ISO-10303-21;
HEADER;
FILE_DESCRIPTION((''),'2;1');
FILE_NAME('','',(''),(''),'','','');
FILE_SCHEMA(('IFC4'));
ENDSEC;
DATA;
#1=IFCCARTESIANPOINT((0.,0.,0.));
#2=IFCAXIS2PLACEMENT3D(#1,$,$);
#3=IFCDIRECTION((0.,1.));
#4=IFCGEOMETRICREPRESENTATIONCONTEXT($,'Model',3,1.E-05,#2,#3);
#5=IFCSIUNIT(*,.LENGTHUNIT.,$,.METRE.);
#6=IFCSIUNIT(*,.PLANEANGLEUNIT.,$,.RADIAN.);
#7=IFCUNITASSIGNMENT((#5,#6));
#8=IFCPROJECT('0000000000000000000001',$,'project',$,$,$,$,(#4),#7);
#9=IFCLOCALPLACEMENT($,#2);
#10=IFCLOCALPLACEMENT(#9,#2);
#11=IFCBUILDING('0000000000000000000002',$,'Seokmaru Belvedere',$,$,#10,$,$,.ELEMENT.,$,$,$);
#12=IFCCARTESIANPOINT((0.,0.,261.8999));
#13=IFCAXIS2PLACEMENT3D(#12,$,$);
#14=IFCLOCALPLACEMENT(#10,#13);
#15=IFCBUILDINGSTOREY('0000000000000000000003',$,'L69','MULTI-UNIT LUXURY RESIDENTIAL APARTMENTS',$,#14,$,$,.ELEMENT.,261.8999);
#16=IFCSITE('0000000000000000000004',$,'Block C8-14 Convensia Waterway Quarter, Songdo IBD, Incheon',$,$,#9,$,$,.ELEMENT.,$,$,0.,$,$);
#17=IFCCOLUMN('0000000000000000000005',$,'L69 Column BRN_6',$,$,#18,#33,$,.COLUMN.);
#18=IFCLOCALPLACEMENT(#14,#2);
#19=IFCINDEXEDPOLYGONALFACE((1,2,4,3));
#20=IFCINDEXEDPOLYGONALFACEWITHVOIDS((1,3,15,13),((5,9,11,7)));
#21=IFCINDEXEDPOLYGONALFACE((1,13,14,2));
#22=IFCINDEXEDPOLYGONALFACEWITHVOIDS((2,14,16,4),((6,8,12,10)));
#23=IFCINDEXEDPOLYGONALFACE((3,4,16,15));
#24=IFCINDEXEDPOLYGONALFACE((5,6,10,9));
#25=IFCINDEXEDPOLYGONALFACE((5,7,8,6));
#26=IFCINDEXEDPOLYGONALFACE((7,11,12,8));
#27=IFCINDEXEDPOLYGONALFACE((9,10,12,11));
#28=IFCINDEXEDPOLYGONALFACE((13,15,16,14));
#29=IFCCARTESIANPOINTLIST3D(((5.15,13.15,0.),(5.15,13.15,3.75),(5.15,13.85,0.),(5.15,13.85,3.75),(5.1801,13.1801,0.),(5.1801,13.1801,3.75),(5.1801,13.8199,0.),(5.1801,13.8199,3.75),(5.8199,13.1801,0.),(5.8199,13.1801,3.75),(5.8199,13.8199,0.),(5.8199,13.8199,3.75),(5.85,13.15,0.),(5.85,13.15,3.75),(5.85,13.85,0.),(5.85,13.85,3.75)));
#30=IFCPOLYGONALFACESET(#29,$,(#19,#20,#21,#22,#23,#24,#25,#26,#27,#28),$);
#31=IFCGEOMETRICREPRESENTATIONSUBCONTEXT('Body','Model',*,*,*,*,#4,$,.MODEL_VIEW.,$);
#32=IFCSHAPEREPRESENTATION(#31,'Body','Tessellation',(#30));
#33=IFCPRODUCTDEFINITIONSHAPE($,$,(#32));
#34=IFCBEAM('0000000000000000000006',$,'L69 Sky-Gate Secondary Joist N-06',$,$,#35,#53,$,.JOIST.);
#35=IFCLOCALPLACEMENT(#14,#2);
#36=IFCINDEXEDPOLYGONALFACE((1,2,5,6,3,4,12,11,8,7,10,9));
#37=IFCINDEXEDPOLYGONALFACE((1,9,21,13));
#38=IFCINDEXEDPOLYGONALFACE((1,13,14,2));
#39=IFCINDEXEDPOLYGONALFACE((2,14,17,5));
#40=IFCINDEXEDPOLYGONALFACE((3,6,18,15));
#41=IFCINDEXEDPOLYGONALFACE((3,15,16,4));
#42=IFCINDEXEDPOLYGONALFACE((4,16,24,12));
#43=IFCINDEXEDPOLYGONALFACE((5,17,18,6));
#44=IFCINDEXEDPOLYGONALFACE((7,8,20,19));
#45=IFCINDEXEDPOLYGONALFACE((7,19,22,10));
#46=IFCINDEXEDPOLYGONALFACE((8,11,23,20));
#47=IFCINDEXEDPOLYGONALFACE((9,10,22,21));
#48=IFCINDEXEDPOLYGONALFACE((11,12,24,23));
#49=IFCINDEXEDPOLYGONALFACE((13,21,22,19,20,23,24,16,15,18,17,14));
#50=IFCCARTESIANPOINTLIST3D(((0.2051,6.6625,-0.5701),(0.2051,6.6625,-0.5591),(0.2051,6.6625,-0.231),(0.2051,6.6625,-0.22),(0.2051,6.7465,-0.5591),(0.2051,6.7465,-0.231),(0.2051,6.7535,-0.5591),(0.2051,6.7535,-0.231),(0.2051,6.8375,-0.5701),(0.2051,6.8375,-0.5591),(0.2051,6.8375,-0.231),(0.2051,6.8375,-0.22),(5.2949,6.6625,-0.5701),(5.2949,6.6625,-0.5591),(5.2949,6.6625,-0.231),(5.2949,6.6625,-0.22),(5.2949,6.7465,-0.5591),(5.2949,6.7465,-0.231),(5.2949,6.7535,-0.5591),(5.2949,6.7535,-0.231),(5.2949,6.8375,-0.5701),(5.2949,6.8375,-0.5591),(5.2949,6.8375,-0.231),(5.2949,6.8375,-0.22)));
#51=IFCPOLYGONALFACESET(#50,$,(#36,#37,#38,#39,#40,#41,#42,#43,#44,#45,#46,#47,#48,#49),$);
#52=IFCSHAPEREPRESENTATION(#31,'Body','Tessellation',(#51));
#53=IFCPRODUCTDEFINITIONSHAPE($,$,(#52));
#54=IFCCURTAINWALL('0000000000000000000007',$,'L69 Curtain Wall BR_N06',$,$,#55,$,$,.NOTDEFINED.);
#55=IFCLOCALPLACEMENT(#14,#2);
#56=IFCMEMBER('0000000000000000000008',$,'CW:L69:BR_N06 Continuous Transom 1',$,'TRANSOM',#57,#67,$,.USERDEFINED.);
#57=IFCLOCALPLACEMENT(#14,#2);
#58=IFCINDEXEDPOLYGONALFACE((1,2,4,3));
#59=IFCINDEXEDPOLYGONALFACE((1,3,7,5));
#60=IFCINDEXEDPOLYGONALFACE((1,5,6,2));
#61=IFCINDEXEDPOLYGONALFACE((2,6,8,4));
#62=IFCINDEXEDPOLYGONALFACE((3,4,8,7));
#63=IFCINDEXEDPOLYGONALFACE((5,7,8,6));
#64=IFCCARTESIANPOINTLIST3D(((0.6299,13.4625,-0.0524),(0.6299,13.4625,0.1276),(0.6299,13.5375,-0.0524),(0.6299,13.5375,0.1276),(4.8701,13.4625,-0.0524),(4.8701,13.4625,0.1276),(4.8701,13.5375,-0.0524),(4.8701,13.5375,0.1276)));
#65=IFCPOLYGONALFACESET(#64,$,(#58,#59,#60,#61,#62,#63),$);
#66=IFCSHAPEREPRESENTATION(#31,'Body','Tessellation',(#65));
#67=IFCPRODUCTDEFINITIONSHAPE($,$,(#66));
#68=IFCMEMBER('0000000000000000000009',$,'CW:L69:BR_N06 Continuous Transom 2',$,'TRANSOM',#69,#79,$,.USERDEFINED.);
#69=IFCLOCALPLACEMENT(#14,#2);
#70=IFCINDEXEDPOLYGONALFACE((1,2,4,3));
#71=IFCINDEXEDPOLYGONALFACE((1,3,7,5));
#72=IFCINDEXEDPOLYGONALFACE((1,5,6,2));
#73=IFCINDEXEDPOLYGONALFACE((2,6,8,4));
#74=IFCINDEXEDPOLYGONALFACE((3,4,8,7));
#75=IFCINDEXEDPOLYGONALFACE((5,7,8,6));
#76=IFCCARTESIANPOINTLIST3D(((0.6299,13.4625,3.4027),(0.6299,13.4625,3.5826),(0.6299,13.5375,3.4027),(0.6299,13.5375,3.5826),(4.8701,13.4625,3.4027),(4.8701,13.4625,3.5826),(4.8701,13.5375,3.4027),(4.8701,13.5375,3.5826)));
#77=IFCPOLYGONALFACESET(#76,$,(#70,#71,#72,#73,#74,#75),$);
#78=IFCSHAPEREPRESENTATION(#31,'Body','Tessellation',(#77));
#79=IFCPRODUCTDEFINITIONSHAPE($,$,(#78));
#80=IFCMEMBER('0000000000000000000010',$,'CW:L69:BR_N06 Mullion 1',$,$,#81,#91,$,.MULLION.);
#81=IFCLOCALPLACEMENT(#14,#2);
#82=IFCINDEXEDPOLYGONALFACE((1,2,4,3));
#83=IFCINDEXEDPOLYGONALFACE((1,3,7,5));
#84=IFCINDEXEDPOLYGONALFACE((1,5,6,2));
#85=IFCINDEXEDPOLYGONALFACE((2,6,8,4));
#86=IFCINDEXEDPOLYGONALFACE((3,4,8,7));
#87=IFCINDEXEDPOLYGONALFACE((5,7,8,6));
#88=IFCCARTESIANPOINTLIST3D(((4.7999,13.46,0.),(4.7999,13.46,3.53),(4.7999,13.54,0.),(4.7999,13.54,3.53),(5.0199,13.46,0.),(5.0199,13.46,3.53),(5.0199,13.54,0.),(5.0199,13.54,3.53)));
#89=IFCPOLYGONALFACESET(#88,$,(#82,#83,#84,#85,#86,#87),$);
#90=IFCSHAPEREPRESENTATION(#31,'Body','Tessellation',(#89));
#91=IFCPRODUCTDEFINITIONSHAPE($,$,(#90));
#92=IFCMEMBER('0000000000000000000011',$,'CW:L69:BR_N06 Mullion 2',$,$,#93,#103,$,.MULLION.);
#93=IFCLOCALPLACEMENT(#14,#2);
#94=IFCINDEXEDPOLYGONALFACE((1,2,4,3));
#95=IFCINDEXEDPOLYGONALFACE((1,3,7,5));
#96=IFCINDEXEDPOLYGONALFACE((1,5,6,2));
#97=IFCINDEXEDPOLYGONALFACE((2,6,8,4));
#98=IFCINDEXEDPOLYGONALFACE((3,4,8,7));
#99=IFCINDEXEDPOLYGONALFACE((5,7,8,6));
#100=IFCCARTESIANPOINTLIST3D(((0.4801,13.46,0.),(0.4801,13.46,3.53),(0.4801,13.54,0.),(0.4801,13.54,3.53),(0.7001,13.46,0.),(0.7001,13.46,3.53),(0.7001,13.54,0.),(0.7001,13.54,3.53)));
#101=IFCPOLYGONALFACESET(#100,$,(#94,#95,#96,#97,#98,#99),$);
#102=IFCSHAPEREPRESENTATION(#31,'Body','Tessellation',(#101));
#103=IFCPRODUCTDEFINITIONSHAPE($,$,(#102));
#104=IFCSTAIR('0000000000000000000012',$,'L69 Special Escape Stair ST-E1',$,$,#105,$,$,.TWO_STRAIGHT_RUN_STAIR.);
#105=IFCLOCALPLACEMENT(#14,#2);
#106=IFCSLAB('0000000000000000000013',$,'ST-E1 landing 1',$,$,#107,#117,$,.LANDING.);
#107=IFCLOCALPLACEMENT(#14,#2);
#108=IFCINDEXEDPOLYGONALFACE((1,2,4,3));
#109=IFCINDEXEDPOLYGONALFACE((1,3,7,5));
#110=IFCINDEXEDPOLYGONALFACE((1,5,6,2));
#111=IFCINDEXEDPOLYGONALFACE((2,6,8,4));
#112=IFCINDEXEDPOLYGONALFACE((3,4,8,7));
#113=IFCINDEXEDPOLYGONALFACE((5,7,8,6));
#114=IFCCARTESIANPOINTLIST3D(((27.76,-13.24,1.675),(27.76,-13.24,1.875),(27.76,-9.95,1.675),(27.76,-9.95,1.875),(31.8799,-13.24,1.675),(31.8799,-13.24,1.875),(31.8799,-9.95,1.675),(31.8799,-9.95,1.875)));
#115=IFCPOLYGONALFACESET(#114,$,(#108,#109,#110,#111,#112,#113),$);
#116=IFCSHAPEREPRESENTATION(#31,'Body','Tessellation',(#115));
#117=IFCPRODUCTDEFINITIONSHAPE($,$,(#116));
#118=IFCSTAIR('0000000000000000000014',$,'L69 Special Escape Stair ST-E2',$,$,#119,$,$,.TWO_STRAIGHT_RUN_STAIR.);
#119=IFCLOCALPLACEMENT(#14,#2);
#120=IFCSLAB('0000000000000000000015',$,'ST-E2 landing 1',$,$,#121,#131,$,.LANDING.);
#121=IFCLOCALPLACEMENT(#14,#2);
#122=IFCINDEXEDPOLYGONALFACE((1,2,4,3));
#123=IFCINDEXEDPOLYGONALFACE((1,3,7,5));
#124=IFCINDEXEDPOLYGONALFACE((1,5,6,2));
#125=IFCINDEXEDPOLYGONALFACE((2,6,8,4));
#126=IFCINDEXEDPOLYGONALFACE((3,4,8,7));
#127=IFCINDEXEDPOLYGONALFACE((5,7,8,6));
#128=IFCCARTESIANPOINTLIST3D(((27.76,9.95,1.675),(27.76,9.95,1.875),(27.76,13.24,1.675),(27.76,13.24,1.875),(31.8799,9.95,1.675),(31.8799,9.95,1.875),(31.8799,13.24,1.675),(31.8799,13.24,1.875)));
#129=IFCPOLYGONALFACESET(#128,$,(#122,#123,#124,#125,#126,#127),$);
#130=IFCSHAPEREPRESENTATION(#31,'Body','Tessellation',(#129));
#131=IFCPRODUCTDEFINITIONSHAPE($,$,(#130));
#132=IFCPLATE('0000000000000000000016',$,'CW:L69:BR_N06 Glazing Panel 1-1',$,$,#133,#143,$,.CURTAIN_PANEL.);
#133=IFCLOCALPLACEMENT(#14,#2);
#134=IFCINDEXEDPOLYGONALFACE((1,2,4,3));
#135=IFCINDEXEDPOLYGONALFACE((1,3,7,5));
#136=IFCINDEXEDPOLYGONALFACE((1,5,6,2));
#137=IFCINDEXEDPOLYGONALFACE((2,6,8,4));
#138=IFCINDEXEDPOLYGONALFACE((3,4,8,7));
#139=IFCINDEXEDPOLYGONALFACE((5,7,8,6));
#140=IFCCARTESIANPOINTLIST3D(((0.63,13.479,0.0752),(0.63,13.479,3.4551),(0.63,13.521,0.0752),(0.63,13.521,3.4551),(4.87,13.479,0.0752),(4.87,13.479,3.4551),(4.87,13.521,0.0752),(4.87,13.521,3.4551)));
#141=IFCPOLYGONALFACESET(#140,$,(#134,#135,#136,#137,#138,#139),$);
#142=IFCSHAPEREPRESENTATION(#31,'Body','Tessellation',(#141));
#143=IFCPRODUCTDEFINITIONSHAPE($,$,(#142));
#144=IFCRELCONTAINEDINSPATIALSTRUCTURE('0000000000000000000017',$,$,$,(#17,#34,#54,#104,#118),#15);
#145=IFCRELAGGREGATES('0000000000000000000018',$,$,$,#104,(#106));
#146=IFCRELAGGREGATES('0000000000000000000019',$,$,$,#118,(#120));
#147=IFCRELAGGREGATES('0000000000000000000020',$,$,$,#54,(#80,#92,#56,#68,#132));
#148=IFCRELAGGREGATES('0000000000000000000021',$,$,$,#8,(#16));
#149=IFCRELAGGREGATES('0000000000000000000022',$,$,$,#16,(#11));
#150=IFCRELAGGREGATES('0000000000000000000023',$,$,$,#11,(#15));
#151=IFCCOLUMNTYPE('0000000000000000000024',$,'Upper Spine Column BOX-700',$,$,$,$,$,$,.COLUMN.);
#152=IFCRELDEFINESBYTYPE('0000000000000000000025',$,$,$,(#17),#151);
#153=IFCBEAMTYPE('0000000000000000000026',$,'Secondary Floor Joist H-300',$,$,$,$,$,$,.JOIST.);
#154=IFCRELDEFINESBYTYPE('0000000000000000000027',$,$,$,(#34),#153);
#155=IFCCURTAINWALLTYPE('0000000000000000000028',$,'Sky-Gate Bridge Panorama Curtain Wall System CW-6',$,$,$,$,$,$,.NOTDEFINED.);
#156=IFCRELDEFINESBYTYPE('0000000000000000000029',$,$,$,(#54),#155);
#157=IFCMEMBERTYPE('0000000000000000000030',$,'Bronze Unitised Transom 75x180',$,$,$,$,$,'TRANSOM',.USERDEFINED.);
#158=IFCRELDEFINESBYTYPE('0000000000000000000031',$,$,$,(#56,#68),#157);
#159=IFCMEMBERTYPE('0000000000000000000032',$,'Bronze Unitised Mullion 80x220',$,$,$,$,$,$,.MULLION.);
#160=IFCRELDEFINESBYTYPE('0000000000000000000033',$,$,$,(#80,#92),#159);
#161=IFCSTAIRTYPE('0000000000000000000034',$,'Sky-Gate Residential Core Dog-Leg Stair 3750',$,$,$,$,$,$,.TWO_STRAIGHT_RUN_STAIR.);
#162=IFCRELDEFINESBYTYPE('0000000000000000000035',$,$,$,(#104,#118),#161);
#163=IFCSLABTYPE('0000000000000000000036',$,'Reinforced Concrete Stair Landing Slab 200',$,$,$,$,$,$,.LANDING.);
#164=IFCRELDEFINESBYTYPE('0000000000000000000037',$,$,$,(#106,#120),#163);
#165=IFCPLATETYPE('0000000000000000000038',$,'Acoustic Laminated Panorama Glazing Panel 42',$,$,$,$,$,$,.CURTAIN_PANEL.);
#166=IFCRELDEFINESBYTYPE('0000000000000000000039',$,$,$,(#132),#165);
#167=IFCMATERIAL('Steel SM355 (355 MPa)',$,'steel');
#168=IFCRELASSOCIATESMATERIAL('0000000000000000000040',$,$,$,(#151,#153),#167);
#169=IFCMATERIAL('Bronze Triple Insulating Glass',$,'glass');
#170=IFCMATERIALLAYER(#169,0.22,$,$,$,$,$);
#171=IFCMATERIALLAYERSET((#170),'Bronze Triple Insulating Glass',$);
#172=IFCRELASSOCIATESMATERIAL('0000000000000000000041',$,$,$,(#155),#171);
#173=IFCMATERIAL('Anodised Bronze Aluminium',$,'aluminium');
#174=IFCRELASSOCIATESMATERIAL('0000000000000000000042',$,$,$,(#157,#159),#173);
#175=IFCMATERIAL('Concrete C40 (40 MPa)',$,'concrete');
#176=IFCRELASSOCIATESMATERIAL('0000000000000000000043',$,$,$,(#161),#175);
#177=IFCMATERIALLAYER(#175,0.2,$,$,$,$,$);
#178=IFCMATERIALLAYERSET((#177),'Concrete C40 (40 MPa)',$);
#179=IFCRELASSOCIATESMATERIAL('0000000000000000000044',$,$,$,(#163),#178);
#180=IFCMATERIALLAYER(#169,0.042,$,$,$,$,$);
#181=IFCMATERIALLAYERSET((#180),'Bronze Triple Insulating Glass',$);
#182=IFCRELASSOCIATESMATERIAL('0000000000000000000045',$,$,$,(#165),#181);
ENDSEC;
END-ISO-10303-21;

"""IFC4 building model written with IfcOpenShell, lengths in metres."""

from ifc_helpers import new_model, si_unit, direction, frame, origin, origin_2d, place, context, subcontext, project, spatial, polyline, rectangle, hollow_rectangle, i_section, outline, extrude, source, transform, mapped, material, layer, layer_set, material_profile, profile_set, type_object, type_shapes, element, aggregate, save


model = new_model("IFC4")

# Units and contexts
model_context = context("Model", 3, precision=1e-05, world=origin(), true_north=direction((0.0, 1.0)))
body_context = subcontext(model_context, "Body", "Model", "MODEL_VIEW")
ifc_project = project(units=[si_unit("LENGTHUNIT", "METRE"), si_unit("PLANEANGLEUNIT", "RADIAN")], contexts=[model_context])

# Site, building, storey
site_placement = place(None, origin())
site = spatial("IfcSite", under=ifc_project, at=site_placement, Name="Block C8-14 Convensia Waterway Quarter, Songdo IBD, Incheon", CompositionType="ELEMENT", RefElevation=0.0)
building_placement = place(site_placement, origin())
building = spatial("IfcBuilding", under=site, at=building_placement, Name="Seokmaru Belvedere", CompositionType="ELEMENT")
storey_placement = place(building_placement, frame((0.0, 0.0, 261.8999)))
storey = spatial("IfcBuildingStorey", under=building, at=storey_placement, Name="L69", Description="MULTI-UNIT LUXURY RESIDENTIAL APARTMENTS", CompositionType="ELEMENT", Elevation=261.8999)

# Column
ifc_material_1 = material(Name="Steel SM355 (355 MPa)", Category="steel")
ifc_material_profile_1 = material_profile(ifc_material_1, hollow_rectangle(XDim=0.7, YDim=0.7, WallThickness=0.03, at=origin_2d()), Name="BOX-700x700x30")
ifc_profile_set_1 = profile_set([ifc_material_profile_1], Name="Steel SM355 (355 MPa)")
column_type = type_object("IfcColumnType", Name="Upper Spine Column BOX-700", PredefinedType="COLUMN", material=ifc_profile_set_1)
shared_shape_1 = source(origin(), body_context, "Body", "SweptSolid", [
    extrude(hollow_rectangle(XDim=0.7, YDim=0.7, WallThickness=0.03, at=origin_2d()), origin(), (0.0, 0.0, 1.0), 3.75),
])
type_shapes(column_type, [shared_shape_1])
column_placement = place(storey_placement, frame((5.5, 13.5, 0.0), z_axis=(0.0, 0.0, 1.0), x_axis=(1.0, 0.0, 0.0)))
element("IfcColumn", 1, at=column_placement, inside=storey, type_object=column_type, Name="L69 Column BRN_6", PredefinedType="COLUMN", context=body_context, shape_type="MappedRepresentation", body=[
    mapped(shared_shape_1, transform((0.0, 0.0, 0.0), scale=1.0)),
])

# Beam
ifc_material_profile_2 = material_profile(ifc_material_1, i_section(OverallWidth=0.175, OverallDepth=0.3501, WebThickness=0.0071, FlangeThickness=0.011, at=origin_2d()), Name="H-350x175x7x11")
ifc_profile_set_2 = profile_set([ifc_material_profile_2], Name="Steel SM355 (355 MPa)")
beam_type = type_object("IfcBeamType", Name="Secondary Floor Joist H-300", PredefinedType="JOIST", material=ifc_profile_set_2)
shared_shape_2 = source(origin(), body_context, "Body", "SweptSolid", [
    extrude(i_section(OverallWidth=0.175, OverallDepth=0.3501, WebThickness=0.0071, FlangeThickness=0.011, at=origin_2d()), origin(), (0.0, 0.0, 1.0), 5.0898),
])
type_shapes(beam_type, [shared_shape_2])
beam_placement = place(storey_placement, frame((0.2051, 6.75, -0.395), z_axis=(1.0, 0.0, 0.0), x_axis=(0.0, 1.0, 0.0)))
element("IfcBeam", 2, at=beam_placement, inside=storey, type_object=beam_type, Name="L69 Sky-Gate Secondary Joist N-06", PredefinedType="JOIST", context=body_context, shape_type="MappedRepresentation", body=[
    mapped(shared_shape_2, transform((0.0, 0.0, 0.0), scale=1.0)),
])

# Curtain wall, members
ifc_material_2 = material(Name="Bronze Triple Insulating Glass", Category="glass")
ifc_layer_1 = layer(ifc_material_2, 0.22)
ifc_layer_set_1 = layer_set([ifc_layer_1], Name="Bronze Triple Insulating Glass")
curtain_wall_type = type_object("IfcCurtainWallType", Name="Sky-Gate Bridge Panorama Curtain Wall System CW-6", PredefinedType="NOTDEFINED", material=ifc_layer_set_1)
curtain_wall_placement = place(storey_placement, origin())
curtain_wall = element("IfcCurtainWall", 3, at=curtain_wall_placement, inside=storey, type_object=curtain_wall_type, Name="L69 Curtain Wall BR_N06", PredefinedType="NOTDEFINED")
ifc_material_3 = material(Name="Anodised Bronze Aluminium", Category="aluminium")
ifc_material_profile_3 = material_profile(ifc_material_3, rectangle(XDim=0.075, YDim=0.1799, at=origin_2d()), Name="CW-T-75x180")
ifc_profile_set_3 = profile_set([ifc_material_profile_3], Name="Anodised Bronze Aluminium")
member_type_1 = type_object("IfcMemberType", Name="Bronze Unitised Transom 75x180", ElementType="TRANSOM", PredefinedType="USERDEFINED", material=ifc_profile_set_3)
shared_shape_3 = source(origin(), body_context, "Body", "SweptSolid", [
    extrude(rectangle(XDim=0.075, YDim=0.1799, at=origin_2d()), origin(), (0.0, 0.0, 1.0), 4.2402),
])
type_shapes(member_type_1, [shared_shape_3])
member_1_placement = place(storey_placement, frame((4.8701, 13.5, 0.0376), z_axis=(-1.0, 0.0, 0.0), x_axis=(0.0, -1.0, 0.0)))
member_1 = element("IfcMember", 4, at=member_1_placement, type_object=member_type_1, Name="CW:L69:BR_N06 Continuous Transom 1", ObjectType="TRANSOM", PredefinedType="USERDEFINED", context=body_context, shape_type="MappedRepresentation", body=[
    mapped(shared_shape_3, transform((0.0, 0.0, 0.0), scale=1.0)),
])
member_2_placement = place(storey_placement, frame((4.8701, 13.5, 3.4927), z_axis=(-1.0, 0.0, 0.0), x_axis=(0.0, -1.0, 0.0)))
member_2 = element("IfcMember", 5, at=member_2_placement, type_object=member_type_1, Name="CW:L69:BR_N06 Continuous Transom 2", ObjectType="TRANSOM", PredefinedType="USERDEFINED", context=body_context, shape_type="MappedRepresentation", body=[
    mapped(shared_shape_3, transform((0.0, 0.0, 0.0), scale=1.0)),
])
ifc_material_profile_4 = material_profile(ifc_material_3, rectangle(XDim=0.0801, YDim=0.22, at=origin_2d()), Name="CW-M-80x220")
ifc_profile_set_4 = profile_set([ifc_material_profile_4], Name="Anodised Bronze Aluminium")
member_type_2 = type_object("IfcMemberType", Name="Bronze Unitised Mullion 80x220", PredefinedType="MULLION", material=ifc_profile_set_4)
shared_shape_4 = source(origin(), body_context, "Body", "SweptSolid", [
    extrude(rectangle(XDim=0.0801, YDim=0.22, at=origin_2d()), origin(), (0.0, 0.0, 1.0), 3.53),
])
type_shapes(member_type_2, [shared_shape_4])
member_3_placement = place(storey_placement, frame((4.9099, 13.5, 0.0), z_axis=(0.0, 0.0, 1.0), x_axis=(0.0, -1.0, 0.0)))
member_3 = element("IfcMember", 6, at=member_3_placement, type_object=member_type_2, Name="CW:L69:BR_N06 Mullion 1", PredefinedType="MULLION", context=body_context, shape_type="MappedRepresentation", body=[
    mapped(shared_shape_4, transform((0.0, 0.0, 0.0), scale=1.0)),
])
member_4_placement = place(storey_placement, frame((0.5901, 13.5, 0.0), z_axis=(0.0, 0.0, 1.0), x_axis=(0.0, -1.0, 0.0)))
member_4 = element("IfcMember", 7, at=member_4_placement, type_object=member_type_2, Name="CW:L69:BR_N06 Mullion 2", PredefinedType="MULLION", context=body_context, shape_type="MappedRepresentation", body=[
    mapped(shared_shape_4, transform((0.0, 0.0, 0.0), scale=1.0)),
])

# Stairs, slabs
ifc_material_4 = material(Name="Concrete C40 (40 MPa)", Category="concrete")
stair_type = type_object("IfcStairType", Name="Sky-Gate Residential Core Dog-Leg Stair 3750", PredefinedType="TWO_STRAIGHT_RUN_STAIR", material=ifc_material_4)
stair_1_placement = place(storey_placement, origin())
stair_1 = element("IfcStair", 8, at=stair_1_placement, inside=storey, type_object=stair_type, Name="L69 Special Escape Stair ST-E1", PredefinedType="TWO_STRAIGHT_RUN_STAIR")
ifc_layer_2 = layer(ifc_material_4, 0.2)
ifc_layer_set_2 = layer_set([ifc_layer_2], Name="Concrete C40 (40 MPa)")
slab_type = type_object("IfcSlabType", Name="Reinforced Concrete Stair Landing Slab 200", PredefinedType="LANDING", material=ifc_layer_set_2)
slab_1_placement = place(storey_placement, frame((0.0, 0.0, 1.675)))
slab_1 = element("IfcSlab", 9, at=slab_1_placement, type_object=slab_type, Name="ST-E1 landing 1", PredefinedType="LANDING", context=body_context, shape_type="SweptSolid", body=[
    extrude(outline(polyline([(27.76, -13.24), (31.8799, -13.24), (31.8799, -9.95), (27.76, -9.95), (27.76, -13.24)])), origin(), (0.0, 0.0, 1.0), 0.2),
])
aggregate(stair_1, [slab_1])
stair_2_placement = place(storey_placement, origin())
stair_2 = element("IfcStair", 10, at=stair_2_placement, inside=storey, type_object=stair_type, Name="L69 Special Escape Stair ST-E2", PredefinedType="TWO_STRAIGHT_RUN_STAIR")
slab_2_placement = place(storey_placement, frame((0.0, 0.0, 1.675)))
slab_2 = element("IfcSlab", 11, at=slab_2_placement, type_object=slab_type, Name="ST-E2 landing 1", PredefinedType="LANDING", context=body_context, shape_type="SweptSolid", body=[
    extrude(outline(polyline([(27.76, 9.95), (31.8799, 9.95), (31.8799, 13.24), (27.76, 13.24), (27.76, 9.95)])), origin(), (0.0, 0.0, 1.0), 0.2),
])
aggregate(stair_2, [slab_2])

# Plate
ifc_layer_3 = layer(ifc_material_2, 0.042)
ifc_layer_set_3 = layer_set([ifc_layer_3], Name="Bronze Triple Insulating Glass")
plate_type = type_object("IfcPlateType", Name="Acoustic Laminated Panorama Glazing Panel 42", PredefinedType="CURTAIN_PANEL", material=ifc_layer_set_3)
shared_shape_5 = source(origin(), body_context, "Body", "SweptSolid", [
    extrude(rectangle(XDim=4.24, YDim=0.042, at=origin_2d()), origin(), (0.0, 0.0, 1.0), 3.3799),
])
type_shapes(plate_type, [shared_shape_5])
plate_placement = place(storey_placement, frame((2.75, 13.5, 0.0752), z_axis=(0.0, 0.0, 1.0), x_axis=(-1.0, 0.0, 0.0)))
plate = element("IfcPlate", 12, at=plate_placement, type_object=plate_type, Name="CW:L69:BR_N06 Glazing Panel 1-1", PredefinedType="CURTAIN_PANEL", context=body_context, shape_type="MappedRepresentation", body=[
    mapped(shared_shape_5, transform((0.0, 0.0, 0.0), scale=1.0)),
])
aggregate(curtain_wall, [member_3, member_4, member_1, member_2, plate])

save(model, "model.ifc")
